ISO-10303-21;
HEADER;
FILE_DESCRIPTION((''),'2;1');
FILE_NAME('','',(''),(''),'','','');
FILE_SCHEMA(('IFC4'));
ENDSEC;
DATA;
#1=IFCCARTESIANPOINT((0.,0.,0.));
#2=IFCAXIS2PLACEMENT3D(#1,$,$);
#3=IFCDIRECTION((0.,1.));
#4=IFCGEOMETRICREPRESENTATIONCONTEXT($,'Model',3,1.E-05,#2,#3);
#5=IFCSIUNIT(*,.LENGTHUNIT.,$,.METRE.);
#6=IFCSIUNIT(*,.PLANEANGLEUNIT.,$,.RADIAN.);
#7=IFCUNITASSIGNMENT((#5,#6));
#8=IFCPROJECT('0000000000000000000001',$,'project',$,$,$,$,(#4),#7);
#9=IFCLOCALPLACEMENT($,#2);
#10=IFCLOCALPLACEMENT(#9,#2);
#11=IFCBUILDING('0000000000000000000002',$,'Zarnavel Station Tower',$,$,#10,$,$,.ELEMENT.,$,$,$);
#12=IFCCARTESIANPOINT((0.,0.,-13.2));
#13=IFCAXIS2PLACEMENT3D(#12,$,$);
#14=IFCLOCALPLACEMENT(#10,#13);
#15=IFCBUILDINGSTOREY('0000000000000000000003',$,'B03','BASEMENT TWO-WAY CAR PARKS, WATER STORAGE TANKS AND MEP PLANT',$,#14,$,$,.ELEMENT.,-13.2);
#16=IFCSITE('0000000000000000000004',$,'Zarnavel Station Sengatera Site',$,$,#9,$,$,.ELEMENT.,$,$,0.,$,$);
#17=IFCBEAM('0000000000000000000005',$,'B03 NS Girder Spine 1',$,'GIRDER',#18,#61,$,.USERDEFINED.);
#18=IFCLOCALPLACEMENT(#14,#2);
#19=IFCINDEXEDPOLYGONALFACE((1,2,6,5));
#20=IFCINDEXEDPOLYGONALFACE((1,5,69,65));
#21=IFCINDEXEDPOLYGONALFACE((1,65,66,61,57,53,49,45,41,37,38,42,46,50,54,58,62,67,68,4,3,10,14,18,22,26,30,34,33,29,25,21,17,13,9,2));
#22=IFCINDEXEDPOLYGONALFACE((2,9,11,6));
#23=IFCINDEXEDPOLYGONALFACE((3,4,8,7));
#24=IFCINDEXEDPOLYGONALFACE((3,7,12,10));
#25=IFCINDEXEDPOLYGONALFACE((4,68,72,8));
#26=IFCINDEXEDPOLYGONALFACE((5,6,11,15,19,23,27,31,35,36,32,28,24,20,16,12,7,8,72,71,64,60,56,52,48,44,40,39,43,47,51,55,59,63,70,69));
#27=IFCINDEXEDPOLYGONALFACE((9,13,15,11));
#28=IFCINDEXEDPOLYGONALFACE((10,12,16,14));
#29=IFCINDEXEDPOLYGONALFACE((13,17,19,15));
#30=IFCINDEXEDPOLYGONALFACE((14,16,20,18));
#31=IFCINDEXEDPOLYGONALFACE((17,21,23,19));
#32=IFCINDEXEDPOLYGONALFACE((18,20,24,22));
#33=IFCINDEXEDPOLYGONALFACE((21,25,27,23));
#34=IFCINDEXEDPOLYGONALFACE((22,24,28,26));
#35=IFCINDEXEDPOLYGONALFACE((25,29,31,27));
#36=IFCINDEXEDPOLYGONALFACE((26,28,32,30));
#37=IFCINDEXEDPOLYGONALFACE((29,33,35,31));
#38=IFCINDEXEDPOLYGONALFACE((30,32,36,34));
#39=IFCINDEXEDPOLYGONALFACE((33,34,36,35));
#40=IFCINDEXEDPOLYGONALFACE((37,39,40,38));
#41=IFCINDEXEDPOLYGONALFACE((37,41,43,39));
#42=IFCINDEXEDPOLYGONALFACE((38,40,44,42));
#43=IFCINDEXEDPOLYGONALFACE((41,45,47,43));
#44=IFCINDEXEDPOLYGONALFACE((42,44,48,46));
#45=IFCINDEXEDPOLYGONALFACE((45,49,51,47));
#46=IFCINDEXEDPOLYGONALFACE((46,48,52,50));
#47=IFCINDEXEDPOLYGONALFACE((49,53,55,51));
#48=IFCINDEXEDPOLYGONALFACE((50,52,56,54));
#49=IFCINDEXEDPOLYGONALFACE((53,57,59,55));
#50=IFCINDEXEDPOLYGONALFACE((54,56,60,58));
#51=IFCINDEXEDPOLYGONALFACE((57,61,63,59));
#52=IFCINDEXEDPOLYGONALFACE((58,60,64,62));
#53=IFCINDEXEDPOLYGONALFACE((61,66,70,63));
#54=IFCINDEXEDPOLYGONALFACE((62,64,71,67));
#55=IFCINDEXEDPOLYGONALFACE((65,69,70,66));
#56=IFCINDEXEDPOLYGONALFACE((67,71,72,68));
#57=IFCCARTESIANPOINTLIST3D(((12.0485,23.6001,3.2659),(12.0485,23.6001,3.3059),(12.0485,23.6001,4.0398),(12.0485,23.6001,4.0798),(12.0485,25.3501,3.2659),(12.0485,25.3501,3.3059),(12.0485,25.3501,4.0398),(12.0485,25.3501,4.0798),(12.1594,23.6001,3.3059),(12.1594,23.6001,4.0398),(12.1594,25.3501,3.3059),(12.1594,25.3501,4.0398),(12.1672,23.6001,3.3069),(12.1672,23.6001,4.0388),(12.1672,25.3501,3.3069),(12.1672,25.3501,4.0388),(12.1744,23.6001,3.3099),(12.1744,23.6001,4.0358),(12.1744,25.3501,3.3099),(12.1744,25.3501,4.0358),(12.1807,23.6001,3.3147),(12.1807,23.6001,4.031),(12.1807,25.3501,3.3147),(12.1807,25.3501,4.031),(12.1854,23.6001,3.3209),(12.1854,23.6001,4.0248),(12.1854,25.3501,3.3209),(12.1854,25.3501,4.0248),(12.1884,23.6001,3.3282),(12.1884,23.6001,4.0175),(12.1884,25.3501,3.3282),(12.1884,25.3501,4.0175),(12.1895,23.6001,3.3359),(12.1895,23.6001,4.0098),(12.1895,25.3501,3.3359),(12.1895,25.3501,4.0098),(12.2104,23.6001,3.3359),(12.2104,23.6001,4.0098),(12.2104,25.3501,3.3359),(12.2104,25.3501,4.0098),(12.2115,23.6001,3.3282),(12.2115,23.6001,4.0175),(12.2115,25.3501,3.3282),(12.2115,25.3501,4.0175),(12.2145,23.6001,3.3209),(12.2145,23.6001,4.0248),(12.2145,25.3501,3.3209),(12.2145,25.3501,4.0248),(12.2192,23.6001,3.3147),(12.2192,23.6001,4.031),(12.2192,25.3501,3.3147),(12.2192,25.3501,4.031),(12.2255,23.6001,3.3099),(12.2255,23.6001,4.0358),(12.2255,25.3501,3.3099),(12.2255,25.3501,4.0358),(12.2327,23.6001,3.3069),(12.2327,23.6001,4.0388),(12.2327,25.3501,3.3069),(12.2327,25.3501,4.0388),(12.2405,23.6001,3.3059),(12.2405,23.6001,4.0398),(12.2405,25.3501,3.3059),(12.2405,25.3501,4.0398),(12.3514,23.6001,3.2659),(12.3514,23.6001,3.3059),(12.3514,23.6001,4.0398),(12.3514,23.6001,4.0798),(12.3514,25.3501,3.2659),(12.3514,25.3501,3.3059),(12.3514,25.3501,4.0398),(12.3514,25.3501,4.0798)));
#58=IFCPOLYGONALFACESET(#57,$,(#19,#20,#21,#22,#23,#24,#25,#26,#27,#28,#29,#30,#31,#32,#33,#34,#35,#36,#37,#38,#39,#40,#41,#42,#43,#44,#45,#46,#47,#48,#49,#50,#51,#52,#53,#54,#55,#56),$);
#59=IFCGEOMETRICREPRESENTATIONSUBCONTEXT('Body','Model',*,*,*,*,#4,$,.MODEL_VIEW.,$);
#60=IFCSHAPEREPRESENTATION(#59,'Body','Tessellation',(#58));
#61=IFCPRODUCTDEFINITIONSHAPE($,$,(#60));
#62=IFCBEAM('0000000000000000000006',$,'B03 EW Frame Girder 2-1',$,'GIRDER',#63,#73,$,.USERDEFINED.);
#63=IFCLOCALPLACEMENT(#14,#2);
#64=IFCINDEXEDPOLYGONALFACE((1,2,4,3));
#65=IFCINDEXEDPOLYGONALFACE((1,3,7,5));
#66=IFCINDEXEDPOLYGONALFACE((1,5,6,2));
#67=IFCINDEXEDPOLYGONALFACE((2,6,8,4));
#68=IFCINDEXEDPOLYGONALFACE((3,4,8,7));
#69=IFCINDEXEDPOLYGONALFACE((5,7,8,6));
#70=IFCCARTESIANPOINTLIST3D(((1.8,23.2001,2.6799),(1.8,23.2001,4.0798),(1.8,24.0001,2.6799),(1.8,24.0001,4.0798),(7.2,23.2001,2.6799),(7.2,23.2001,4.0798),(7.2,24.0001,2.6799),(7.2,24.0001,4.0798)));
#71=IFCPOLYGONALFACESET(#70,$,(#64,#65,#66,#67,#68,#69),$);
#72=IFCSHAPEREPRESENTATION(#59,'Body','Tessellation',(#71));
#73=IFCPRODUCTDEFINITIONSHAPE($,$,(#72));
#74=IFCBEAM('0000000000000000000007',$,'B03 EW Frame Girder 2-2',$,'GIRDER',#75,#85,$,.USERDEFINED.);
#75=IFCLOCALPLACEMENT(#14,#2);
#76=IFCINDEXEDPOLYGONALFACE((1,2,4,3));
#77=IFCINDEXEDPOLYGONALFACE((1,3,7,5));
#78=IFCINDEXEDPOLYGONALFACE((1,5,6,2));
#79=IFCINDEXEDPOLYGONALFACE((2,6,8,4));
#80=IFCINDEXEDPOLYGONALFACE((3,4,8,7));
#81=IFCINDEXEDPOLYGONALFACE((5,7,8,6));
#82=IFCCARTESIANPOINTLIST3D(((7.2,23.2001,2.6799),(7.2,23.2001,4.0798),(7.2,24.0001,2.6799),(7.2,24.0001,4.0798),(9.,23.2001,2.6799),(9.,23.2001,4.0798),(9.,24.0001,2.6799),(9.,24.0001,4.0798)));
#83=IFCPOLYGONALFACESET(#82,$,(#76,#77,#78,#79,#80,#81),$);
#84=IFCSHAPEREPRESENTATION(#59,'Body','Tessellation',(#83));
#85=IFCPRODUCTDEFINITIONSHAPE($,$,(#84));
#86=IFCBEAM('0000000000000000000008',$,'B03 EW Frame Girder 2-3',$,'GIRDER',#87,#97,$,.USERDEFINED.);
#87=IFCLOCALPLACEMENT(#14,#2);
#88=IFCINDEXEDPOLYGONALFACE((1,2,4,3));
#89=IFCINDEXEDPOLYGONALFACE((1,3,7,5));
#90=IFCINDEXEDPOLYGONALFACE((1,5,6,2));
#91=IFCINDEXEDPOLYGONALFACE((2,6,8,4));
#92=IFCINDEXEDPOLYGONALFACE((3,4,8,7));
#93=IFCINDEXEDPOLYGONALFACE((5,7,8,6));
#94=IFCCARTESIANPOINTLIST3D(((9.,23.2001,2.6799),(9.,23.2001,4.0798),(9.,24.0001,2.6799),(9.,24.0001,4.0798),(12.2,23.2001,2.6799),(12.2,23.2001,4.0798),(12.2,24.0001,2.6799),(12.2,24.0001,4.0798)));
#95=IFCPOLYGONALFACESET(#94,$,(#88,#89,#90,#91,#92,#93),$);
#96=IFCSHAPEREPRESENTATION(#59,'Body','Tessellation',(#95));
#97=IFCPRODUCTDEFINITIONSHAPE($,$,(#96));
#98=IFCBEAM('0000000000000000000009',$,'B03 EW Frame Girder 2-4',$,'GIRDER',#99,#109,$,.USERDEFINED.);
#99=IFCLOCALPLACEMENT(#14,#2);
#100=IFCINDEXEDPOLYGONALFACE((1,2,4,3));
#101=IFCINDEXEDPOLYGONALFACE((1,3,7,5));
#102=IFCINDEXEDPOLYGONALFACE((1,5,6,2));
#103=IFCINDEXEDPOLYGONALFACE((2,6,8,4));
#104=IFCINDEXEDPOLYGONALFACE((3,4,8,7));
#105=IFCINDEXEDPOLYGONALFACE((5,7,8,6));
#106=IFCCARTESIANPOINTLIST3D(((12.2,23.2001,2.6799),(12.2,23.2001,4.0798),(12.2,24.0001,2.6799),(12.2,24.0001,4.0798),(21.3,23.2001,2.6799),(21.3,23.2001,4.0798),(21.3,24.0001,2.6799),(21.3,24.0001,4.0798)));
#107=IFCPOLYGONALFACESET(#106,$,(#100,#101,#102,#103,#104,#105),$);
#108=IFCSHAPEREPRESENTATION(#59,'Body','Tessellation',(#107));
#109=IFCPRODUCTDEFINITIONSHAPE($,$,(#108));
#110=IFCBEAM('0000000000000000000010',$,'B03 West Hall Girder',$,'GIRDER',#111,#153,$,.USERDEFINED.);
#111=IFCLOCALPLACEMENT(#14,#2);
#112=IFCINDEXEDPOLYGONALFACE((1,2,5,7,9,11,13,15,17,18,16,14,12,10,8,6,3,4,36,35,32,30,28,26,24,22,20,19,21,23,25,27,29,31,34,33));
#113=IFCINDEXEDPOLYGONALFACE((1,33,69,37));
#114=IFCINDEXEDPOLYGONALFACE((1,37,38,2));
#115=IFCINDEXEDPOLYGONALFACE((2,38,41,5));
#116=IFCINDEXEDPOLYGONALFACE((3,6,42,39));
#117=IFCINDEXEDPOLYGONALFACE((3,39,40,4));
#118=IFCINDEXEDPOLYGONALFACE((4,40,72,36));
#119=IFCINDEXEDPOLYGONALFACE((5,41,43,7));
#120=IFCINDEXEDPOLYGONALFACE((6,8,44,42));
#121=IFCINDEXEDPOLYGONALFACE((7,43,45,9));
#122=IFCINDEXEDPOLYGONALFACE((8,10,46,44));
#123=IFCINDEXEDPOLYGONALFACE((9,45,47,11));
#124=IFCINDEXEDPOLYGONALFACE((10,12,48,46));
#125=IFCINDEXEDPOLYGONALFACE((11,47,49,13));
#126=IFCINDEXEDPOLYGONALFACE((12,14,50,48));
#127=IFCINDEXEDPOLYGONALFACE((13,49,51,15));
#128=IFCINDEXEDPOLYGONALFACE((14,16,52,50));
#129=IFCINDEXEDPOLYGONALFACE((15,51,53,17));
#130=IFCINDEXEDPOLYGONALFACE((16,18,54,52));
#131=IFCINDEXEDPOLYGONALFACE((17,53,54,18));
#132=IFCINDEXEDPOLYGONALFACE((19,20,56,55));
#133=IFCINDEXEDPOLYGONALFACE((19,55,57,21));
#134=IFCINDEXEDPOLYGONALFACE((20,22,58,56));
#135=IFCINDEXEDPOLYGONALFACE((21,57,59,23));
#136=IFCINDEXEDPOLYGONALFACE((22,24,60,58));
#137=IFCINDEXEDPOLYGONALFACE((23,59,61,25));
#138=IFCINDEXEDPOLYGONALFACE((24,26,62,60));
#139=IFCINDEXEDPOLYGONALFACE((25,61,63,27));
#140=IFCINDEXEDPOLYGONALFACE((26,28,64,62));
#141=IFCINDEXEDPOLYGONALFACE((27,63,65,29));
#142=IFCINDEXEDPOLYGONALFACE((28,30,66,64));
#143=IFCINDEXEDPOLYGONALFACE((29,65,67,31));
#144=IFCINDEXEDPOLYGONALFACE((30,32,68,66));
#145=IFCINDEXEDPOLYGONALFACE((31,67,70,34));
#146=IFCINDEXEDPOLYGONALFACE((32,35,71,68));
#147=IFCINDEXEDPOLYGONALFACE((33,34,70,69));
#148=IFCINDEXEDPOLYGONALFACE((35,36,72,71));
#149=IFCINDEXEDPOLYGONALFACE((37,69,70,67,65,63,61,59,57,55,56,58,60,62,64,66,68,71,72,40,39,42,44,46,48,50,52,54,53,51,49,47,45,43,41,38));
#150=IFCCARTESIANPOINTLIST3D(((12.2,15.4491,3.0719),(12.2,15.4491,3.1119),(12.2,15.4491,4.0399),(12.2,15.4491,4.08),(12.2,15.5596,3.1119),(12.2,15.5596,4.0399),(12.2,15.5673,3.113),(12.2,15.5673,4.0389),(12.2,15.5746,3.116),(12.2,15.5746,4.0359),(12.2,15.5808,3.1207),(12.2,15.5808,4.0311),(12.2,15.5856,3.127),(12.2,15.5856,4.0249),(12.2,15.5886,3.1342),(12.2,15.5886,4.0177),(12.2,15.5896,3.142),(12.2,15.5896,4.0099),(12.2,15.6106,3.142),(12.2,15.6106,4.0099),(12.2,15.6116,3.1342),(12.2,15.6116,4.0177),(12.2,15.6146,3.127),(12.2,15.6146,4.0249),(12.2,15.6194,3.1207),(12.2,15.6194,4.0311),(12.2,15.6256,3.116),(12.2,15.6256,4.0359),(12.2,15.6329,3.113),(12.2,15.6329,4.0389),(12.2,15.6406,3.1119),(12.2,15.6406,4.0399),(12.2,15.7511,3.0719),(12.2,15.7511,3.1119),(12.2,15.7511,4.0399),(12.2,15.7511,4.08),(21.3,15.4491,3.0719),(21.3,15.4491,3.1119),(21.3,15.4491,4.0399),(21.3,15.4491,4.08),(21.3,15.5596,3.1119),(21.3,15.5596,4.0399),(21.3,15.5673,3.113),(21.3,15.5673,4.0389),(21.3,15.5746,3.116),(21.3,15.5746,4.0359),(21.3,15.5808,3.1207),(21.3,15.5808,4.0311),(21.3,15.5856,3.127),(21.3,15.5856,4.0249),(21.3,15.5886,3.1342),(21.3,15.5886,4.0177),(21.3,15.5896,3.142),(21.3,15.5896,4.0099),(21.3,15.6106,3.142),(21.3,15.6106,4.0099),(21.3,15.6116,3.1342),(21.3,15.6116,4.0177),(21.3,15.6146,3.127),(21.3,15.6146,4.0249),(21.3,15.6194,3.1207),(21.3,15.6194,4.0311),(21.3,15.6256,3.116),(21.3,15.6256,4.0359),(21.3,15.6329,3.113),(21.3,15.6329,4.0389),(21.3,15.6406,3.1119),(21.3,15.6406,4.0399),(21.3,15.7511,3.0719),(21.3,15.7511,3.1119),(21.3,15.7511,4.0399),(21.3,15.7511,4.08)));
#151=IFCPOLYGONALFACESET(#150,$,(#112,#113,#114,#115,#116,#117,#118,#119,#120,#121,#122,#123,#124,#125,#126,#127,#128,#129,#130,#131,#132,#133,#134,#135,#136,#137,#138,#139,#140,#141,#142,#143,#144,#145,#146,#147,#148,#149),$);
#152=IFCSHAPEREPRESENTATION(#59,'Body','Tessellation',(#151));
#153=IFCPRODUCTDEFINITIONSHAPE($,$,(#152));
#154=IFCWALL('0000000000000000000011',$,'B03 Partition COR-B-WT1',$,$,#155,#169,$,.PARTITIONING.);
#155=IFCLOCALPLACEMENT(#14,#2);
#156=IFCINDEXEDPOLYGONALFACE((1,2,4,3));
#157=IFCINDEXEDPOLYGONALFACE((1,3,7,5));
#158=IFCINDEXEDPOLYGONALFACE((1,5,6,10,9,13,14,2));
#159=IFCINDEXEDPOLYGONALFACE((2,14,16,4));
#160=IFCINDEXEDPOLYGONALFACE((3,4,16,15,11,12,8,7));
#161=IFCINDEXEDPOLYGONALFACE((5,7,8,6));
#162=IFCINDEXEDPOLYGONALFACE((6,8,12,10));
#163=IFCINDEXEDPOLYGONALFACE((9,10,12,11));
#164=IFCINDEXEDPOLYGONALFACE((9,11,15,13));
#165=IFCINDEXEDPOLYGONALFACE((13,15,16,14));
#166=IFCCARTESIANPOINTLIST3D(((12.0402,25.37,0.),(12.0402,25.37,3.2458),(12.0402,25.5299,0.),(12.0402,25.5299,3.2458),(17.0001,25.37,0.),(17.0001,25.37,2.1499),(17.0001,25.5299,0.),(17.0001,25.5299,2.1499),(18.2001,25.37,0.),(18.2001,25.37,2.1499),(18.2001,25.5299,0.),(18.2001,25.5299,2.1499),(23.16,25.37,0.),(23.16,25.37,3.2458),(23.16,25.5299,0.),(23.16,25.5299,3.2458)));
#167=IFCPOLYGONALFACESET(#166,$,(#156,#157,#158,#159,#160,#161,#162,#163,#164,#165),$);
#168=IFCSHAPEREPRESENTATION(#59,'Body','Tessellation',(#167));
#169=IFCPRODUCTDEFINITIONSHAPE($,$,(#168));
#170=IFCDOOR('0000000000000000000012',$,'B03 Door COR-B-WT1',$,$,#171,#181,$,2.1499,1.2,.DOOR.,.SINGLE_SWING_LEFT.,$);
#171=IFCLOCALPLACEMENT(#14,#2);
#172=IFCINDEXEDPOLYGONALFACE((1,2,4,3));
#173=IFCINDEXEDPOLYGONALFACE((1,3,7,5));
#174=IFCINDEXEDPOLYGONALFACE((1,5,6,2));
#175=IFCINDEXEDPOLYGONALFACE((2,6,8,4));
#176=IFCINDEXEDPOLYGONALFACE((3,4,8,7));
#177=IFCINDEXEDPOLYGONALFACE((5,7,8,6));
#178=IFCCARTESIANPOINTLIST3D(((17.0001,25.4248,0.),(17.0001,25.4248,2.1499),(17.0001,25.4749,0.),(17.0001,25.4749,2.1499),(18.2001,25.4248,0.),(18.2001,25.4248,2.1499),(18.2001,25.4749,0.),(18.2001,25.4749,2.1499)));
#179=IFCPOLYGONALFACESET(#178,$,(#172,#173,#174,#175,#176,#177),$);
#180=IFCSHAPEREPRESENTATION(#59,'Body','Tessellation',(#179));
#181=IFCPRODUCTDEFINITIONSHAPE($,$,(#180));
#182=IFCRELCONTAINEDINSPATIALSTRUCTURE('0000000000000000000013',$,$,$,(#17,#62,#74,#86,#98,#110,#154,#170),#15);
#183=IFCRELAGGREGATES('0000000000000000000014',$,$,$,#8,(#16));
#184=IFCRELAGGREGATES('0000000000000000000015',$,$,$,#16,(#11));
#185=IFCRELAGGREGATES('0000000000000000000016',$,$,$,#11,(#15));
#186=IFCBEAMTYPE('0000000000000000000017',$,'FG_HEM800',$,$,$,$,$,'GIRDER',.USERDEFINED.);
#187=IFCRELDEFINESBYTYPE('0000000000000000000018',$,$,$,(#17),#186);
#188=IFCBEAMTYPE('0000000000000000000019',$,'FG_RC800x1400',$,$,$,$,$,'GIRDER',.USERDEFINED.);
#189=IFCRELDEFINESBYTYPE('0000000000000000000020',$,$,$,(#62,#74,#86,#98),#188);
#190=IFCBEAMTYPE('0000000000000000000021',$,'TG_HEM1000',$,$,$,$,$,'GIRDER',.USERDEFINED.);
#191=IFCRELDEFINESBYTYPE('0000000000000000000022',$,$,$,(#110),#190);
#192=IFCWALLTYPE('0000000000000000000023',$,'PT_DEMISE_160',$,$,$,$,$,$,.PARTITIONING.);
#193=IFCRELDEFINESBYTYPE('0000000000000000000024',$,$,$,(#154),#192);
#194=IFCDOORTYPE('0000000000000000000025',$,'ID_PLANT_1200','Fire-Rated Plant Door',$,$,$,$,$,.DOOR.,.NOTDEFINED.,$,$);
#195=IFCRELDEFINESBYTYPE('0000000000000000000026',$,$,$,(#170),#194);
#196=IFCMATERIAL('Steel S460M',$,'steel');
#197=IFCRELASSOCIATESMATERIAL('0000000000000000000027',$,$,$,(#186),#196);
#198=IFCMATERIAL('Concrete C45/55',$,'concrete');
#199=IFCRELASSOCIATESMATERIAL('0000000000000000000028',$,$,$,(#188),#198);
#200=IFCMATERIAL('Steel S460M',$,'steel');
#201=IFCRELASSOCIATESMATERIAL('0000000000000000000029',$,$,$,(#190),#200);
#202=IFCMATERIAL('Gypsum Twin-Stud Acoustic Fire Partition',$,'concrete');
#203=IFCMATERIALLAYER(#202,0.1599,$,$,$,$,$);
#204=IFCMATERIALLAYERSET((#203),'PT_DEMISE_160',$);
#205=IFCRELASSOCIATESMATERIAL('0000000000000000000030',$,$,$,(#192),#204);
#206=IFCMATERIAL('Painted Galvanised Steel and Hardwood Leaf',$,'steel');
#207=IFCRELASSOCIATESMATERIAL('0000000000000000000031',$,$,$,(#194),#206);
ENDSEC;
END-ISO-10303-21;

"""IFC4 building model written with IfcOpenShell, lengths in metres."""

from ifc_helpers import new_model, si_unit, direction, frame, frame_2d, origin, origin_2d, place, context, subcontext, project, spatial, rectangle, i_section, extrude, material, layer, layer_set, material_profile, profile_set, type_object, element, fill, save


model = new_model("IFC4")

# Units and contexts
model_context = context("Model", 3, precision=1e-05, world=origin(), true_north=direction((0.0, 1.0)))
body_context = subcontext(model_context, "Body", "Model", "MODEL_VIEW")
ifc_project = project(units=[si_unit("LENGTHUNIT", "METRE"), si_unit("PLANEANGLEUNIT", "RADIAN")], contexts=[model_context])

# Site, building, storey
site_placement = place(None, origin())
site = spatial("IfcSite", under=ifc_project, at=site_placement, Name="Zarnavel Station Sengatera Site", CompositionType="ELEMENT", RefElevation=0.0)
building_placement = place(site_placement, origin())
building = spatial("IfcBuilding", under=site, at=building_placement, Name="Zarnavel Station Tower", CompositionType="ELEMENT")
storey_placement = place(building_placement, frame((0.0, 0.0, -13.2)))
storey = spatial("IfcBuildingStorey", under=building, at=storey_placement, Name="B03", Description="BASEMENT TWO-WAY CAR PARKS, WATER STORAGE TANKS AND MEP PLANT", CompositionType="ELEMENT", Elevation=-13.2)

# Beams
ifc_material_1 = material(Name="Steel S460M", Category="steel")
ifc_material_profile_1 = material_profile(ifc_material_1, i_section(OverallWidth=0.303, OverallDepth=0.814, WebThickness=0.021, FlangeThickness=0.04, FilletRadius=0.03, at=origin_2d()), Name="HEM800")
ifc_profile_set_1 = profile_set([ifc_material_profile_1], Name="Steel S460M")
beam_type_1 = type_object("IfcBeamType", Name="FG_HEM800", ElementType="GIRDER", PredefinedType="USERDEFINED", material=ifc_profile_set_1)
beam_1_placement = place(storey_placement, frame((12.2, 23.6001, 3.6729), z_axis=(0.0, 1.0, 0.0), x_axis=(-1.0, 0.0, 0.0)))
element("IfcBeam", 1, at=beam_1_placement, inside=storey, type_object=beam_type_1, Name="B03 NS Girder Spine 1", ObjectType="GIRDER", PredefinedType="USERDEFINED", context=body_context, shape_type="SweptSolid", body=[
    extrude(i_section(OverallWidth=0.303, OverallDepth=0.814, WebThickness=0.021, FlangeThickness=0.04, FilletRadius=0.03, at=origin_2d()), origin(), (0.0, 0.0, 1.0), 1.75),
])
ifc_material_2 = material(Name="Concrete C45/55", Category="concrete")
ifc_material_profile_2 = material_profile(ifc_material_2, rectangle(XDim=0.8, YDim=1.3999, at=origin_2d()), Name="RC800x1400")
ifc_profile_set_2 = profile_set([ifc_material_profile_2], Name="Concrete C45/55")
beam_type_2 = type_object("IfcBeamType", Name="FG_RC800x1400", ElementType="GIRDER", PredefinedType="USERDEFINED", material=ifc_profile_set_2)
beam_2_placement = place(storey_placement, frame((1.8, 23.6001, 3.3799), z_axis=(1.0, 0.0, 0.0), x_axis=(0.0, 1.0, 0.0)))
element("IfcBeam", 2, at=beam_2_placement, inside=storey, type_object=beam_type_2, Name="B03 EW Frame Girder 2-1", ObjectType="GIRDER", PredefinedType="USERDEFINED", context=body_context, shape_type="SweptSolid", body=[
    extrude(rectangle(XDim=0.8, YDim=1.3999, at=origin_2d()), origin(), (0.0, 0.0, 1.0), 5.3999),
])
beam_3_placement = place(storey_placement, frame((7.2, 23.6001, 3.3799), z_axis=(1.0, 0.0, 0.0), x_axis=(0.0, 1.0, 0.0)))
element("IfcBeam", 3, at=beam_3_placement, inside=storey, type_object=beam_type_2, Name="B03 EW Frame Girder 2-2", ObjectType="GIRDER", PredefinedType="USERDEFINED", context=body_context, shape_type="SweptSolid", body=[
    extrude(rectangle(XDim=0.8, YDim=1.3999, at=origin_2d()), origin(), (0.0, 0.0, 1.0), 1.8),
])
beam_4_placement = place(storey_placement, frame((9.0, 23.6001, 3.3799), z_axis=(1.0, 0.0, 0.0), x_axis=(0.0, 1.0, 0.0)))
element("IfcBeam", 4, at=beam_4_placement, inside=storey, type_object=beam_type_2, Name="B03 EW Frame Girder 2-3", ObjectType="GIRDER", PredefinedType="USERDEFINED", context=body_context, shape_type="SweptSolid", body=[
    extrude(rectangle(XDim=0.8, YDim=1.3999, at=origin_2d()), origin(), (0.0, 0.0, 1.0), 3.2),
])
beam_5_placement = place(storey_placement, frame((12.2, 23.6001, 3.3799), z_axis=(1.0, 0.0, 0.0), x_axis=(0.0, 1.0, 0.0)))
element("IfcBeam", 5, at=beam_5_placement, inside=storey, type_object=beam_type_2, Name="B03 EW Frame Girder 2-4", ObjectType="GIRDER", PredefinedType="USERDEFINED", context=body_context, shape_type="SweptSolid", body=[
    extrude(rectangle(XDim=0.8, YDim=1.3999, at=origin_2d()), origin(), (0.0, 0.0, 1.0), 9.1001),
])
ifc_material_3 = material(Name="Steel S460M", Category="steel")
ifc_material_profile_3 = material_profile(ifc_material_3, i_section(OverallWidth=0.302, OverallDepth=1.0081, WebThickness=0.021, FlangeThickness=0.04, FilletRadius=0.03, at=origin_2d()), Name="HEM1000")
ifc_profile_set_3 = profile_set([ifc_material_profile_3], Name="Steel S460M")
beam_type_3 = type_object("IfcBeamType", Name="TG_HEM1000", ElementType="GIRDER", PredefinedType="USERDEFINED", material=ifc_profile_set_3)
beam_6_placement = place(storey_placement, frame((12.2, 15.6001, 3.5759), z_axis=(1.0, 0.0, 0.0), x_axis=(0.0, 1.0, 0.0)))
element("IfcBeam", 6, at=beam_6_placement, inside=storey, type_object=beam_type_3, Name="B03 West Hall Girder", ObjectType="GIRDER", PredefinedType="USERDEFINED", context=body_context, shape_type="SweptSolid", body=[
    extrude(i_section(OverallWidth=0.302, OverallDepth=1.0081, WebThickness=0.021, FlangeThickness=0.04, FilletRadius=0.03, at=origin_2d()), origin(), (0.0, 0.0, 1.0), 9.1001),
])

# Wall, opening, door
ifc_material_4 = material(Name="Gypsum Twin-Stud Acoustic Fire Partition", Category="concrete")
ifc_layer = layer(ifc_material_4, 0.1599)
ifc_layer_set = layer_set([ifc_layer], Name="PT_DEMISE_160")
wall_type = type_object("IfcWallType", Name="PT_DEMISE_160", PredefinedType="PARTITIONING", material=ifc_layer_set)
wall_1_placement = place(storey_placement, frame((12.04, 25.45, 0.0), z_axis=(0.0, 0.0, 1.0), x_axis=(1.0, 0.0, 0.0)))
wall_1 = element("IfcWall", 7, at=wall_1_placement, inside=storey, type_object=wall_type, Name="B03 Partition COR-B-WT1", PredefinedType="PARTITIONING", context=body_context, shape_type="SweptSolid", body=[
    extrude(rectangle(XDim=11.1199, YDim=0.1599, at=frame_2d((5.5601, 0.0))), origin(), (0.0, 0.0, 1.0), 3.2458),
])
opening_placement = place(wall_1_placement, frame((4.96, 0.0, 0.0)))
opening = element("IfcOpeningElement", 8, at=opening_placement, cuts=wall_1, PredefinedType="OPENING", context=body_context, shape_type="SweptSolid", body=[
    extrude(rectangle(XDim=1.2, YDim=2.1499, at=frame_2d((0.6001, 1.075))), frame((0.0, 0.0898, 0.0), z_axis=(0.0, -1.0, 0.0), x_axis=(1.0, 0.0, 0.0)), (0.0, 0.0, 1.0), 0.1799),
])
ifc_material_5 = material(Name="Painted Galvanised Steel and Hardwood Leaf", Category="steel")
door_type = type_object("IfcDoorType", Name="ID_PLANT_1200", Description="Fire-Rated Plant Door", OperationType="NOTDEFINED", PredefinedType="DOOR", material=ifc_material_5)
door_placement = place(opening_placement, origin())
door = element("IfcDoor", 9, at=door_placement, inside=storey, type_object=door_type, Name="B03 Door COR-B-WT1", OperationType="SINGLE_SWING_LEFT", OverallHeight=2.1499, OverallWidth=1.2, PredefinedType="DOOR", context=body_context, shape_type="SweptSolid", body=[
    extrude(rectangle(XDim=1.2, YDim=2.1499, at=frame_2d((0.6001, 1.075))), frame((0.0, 0.0249, 0.0), z_axis=(0.0, -1.0, 0.0), x_axis=(1.0, 0.0, 0.0)), (0.0, 0.0, 1.0), 0.05),
])
fill(opening, door)

save(model, "model.ifc")
